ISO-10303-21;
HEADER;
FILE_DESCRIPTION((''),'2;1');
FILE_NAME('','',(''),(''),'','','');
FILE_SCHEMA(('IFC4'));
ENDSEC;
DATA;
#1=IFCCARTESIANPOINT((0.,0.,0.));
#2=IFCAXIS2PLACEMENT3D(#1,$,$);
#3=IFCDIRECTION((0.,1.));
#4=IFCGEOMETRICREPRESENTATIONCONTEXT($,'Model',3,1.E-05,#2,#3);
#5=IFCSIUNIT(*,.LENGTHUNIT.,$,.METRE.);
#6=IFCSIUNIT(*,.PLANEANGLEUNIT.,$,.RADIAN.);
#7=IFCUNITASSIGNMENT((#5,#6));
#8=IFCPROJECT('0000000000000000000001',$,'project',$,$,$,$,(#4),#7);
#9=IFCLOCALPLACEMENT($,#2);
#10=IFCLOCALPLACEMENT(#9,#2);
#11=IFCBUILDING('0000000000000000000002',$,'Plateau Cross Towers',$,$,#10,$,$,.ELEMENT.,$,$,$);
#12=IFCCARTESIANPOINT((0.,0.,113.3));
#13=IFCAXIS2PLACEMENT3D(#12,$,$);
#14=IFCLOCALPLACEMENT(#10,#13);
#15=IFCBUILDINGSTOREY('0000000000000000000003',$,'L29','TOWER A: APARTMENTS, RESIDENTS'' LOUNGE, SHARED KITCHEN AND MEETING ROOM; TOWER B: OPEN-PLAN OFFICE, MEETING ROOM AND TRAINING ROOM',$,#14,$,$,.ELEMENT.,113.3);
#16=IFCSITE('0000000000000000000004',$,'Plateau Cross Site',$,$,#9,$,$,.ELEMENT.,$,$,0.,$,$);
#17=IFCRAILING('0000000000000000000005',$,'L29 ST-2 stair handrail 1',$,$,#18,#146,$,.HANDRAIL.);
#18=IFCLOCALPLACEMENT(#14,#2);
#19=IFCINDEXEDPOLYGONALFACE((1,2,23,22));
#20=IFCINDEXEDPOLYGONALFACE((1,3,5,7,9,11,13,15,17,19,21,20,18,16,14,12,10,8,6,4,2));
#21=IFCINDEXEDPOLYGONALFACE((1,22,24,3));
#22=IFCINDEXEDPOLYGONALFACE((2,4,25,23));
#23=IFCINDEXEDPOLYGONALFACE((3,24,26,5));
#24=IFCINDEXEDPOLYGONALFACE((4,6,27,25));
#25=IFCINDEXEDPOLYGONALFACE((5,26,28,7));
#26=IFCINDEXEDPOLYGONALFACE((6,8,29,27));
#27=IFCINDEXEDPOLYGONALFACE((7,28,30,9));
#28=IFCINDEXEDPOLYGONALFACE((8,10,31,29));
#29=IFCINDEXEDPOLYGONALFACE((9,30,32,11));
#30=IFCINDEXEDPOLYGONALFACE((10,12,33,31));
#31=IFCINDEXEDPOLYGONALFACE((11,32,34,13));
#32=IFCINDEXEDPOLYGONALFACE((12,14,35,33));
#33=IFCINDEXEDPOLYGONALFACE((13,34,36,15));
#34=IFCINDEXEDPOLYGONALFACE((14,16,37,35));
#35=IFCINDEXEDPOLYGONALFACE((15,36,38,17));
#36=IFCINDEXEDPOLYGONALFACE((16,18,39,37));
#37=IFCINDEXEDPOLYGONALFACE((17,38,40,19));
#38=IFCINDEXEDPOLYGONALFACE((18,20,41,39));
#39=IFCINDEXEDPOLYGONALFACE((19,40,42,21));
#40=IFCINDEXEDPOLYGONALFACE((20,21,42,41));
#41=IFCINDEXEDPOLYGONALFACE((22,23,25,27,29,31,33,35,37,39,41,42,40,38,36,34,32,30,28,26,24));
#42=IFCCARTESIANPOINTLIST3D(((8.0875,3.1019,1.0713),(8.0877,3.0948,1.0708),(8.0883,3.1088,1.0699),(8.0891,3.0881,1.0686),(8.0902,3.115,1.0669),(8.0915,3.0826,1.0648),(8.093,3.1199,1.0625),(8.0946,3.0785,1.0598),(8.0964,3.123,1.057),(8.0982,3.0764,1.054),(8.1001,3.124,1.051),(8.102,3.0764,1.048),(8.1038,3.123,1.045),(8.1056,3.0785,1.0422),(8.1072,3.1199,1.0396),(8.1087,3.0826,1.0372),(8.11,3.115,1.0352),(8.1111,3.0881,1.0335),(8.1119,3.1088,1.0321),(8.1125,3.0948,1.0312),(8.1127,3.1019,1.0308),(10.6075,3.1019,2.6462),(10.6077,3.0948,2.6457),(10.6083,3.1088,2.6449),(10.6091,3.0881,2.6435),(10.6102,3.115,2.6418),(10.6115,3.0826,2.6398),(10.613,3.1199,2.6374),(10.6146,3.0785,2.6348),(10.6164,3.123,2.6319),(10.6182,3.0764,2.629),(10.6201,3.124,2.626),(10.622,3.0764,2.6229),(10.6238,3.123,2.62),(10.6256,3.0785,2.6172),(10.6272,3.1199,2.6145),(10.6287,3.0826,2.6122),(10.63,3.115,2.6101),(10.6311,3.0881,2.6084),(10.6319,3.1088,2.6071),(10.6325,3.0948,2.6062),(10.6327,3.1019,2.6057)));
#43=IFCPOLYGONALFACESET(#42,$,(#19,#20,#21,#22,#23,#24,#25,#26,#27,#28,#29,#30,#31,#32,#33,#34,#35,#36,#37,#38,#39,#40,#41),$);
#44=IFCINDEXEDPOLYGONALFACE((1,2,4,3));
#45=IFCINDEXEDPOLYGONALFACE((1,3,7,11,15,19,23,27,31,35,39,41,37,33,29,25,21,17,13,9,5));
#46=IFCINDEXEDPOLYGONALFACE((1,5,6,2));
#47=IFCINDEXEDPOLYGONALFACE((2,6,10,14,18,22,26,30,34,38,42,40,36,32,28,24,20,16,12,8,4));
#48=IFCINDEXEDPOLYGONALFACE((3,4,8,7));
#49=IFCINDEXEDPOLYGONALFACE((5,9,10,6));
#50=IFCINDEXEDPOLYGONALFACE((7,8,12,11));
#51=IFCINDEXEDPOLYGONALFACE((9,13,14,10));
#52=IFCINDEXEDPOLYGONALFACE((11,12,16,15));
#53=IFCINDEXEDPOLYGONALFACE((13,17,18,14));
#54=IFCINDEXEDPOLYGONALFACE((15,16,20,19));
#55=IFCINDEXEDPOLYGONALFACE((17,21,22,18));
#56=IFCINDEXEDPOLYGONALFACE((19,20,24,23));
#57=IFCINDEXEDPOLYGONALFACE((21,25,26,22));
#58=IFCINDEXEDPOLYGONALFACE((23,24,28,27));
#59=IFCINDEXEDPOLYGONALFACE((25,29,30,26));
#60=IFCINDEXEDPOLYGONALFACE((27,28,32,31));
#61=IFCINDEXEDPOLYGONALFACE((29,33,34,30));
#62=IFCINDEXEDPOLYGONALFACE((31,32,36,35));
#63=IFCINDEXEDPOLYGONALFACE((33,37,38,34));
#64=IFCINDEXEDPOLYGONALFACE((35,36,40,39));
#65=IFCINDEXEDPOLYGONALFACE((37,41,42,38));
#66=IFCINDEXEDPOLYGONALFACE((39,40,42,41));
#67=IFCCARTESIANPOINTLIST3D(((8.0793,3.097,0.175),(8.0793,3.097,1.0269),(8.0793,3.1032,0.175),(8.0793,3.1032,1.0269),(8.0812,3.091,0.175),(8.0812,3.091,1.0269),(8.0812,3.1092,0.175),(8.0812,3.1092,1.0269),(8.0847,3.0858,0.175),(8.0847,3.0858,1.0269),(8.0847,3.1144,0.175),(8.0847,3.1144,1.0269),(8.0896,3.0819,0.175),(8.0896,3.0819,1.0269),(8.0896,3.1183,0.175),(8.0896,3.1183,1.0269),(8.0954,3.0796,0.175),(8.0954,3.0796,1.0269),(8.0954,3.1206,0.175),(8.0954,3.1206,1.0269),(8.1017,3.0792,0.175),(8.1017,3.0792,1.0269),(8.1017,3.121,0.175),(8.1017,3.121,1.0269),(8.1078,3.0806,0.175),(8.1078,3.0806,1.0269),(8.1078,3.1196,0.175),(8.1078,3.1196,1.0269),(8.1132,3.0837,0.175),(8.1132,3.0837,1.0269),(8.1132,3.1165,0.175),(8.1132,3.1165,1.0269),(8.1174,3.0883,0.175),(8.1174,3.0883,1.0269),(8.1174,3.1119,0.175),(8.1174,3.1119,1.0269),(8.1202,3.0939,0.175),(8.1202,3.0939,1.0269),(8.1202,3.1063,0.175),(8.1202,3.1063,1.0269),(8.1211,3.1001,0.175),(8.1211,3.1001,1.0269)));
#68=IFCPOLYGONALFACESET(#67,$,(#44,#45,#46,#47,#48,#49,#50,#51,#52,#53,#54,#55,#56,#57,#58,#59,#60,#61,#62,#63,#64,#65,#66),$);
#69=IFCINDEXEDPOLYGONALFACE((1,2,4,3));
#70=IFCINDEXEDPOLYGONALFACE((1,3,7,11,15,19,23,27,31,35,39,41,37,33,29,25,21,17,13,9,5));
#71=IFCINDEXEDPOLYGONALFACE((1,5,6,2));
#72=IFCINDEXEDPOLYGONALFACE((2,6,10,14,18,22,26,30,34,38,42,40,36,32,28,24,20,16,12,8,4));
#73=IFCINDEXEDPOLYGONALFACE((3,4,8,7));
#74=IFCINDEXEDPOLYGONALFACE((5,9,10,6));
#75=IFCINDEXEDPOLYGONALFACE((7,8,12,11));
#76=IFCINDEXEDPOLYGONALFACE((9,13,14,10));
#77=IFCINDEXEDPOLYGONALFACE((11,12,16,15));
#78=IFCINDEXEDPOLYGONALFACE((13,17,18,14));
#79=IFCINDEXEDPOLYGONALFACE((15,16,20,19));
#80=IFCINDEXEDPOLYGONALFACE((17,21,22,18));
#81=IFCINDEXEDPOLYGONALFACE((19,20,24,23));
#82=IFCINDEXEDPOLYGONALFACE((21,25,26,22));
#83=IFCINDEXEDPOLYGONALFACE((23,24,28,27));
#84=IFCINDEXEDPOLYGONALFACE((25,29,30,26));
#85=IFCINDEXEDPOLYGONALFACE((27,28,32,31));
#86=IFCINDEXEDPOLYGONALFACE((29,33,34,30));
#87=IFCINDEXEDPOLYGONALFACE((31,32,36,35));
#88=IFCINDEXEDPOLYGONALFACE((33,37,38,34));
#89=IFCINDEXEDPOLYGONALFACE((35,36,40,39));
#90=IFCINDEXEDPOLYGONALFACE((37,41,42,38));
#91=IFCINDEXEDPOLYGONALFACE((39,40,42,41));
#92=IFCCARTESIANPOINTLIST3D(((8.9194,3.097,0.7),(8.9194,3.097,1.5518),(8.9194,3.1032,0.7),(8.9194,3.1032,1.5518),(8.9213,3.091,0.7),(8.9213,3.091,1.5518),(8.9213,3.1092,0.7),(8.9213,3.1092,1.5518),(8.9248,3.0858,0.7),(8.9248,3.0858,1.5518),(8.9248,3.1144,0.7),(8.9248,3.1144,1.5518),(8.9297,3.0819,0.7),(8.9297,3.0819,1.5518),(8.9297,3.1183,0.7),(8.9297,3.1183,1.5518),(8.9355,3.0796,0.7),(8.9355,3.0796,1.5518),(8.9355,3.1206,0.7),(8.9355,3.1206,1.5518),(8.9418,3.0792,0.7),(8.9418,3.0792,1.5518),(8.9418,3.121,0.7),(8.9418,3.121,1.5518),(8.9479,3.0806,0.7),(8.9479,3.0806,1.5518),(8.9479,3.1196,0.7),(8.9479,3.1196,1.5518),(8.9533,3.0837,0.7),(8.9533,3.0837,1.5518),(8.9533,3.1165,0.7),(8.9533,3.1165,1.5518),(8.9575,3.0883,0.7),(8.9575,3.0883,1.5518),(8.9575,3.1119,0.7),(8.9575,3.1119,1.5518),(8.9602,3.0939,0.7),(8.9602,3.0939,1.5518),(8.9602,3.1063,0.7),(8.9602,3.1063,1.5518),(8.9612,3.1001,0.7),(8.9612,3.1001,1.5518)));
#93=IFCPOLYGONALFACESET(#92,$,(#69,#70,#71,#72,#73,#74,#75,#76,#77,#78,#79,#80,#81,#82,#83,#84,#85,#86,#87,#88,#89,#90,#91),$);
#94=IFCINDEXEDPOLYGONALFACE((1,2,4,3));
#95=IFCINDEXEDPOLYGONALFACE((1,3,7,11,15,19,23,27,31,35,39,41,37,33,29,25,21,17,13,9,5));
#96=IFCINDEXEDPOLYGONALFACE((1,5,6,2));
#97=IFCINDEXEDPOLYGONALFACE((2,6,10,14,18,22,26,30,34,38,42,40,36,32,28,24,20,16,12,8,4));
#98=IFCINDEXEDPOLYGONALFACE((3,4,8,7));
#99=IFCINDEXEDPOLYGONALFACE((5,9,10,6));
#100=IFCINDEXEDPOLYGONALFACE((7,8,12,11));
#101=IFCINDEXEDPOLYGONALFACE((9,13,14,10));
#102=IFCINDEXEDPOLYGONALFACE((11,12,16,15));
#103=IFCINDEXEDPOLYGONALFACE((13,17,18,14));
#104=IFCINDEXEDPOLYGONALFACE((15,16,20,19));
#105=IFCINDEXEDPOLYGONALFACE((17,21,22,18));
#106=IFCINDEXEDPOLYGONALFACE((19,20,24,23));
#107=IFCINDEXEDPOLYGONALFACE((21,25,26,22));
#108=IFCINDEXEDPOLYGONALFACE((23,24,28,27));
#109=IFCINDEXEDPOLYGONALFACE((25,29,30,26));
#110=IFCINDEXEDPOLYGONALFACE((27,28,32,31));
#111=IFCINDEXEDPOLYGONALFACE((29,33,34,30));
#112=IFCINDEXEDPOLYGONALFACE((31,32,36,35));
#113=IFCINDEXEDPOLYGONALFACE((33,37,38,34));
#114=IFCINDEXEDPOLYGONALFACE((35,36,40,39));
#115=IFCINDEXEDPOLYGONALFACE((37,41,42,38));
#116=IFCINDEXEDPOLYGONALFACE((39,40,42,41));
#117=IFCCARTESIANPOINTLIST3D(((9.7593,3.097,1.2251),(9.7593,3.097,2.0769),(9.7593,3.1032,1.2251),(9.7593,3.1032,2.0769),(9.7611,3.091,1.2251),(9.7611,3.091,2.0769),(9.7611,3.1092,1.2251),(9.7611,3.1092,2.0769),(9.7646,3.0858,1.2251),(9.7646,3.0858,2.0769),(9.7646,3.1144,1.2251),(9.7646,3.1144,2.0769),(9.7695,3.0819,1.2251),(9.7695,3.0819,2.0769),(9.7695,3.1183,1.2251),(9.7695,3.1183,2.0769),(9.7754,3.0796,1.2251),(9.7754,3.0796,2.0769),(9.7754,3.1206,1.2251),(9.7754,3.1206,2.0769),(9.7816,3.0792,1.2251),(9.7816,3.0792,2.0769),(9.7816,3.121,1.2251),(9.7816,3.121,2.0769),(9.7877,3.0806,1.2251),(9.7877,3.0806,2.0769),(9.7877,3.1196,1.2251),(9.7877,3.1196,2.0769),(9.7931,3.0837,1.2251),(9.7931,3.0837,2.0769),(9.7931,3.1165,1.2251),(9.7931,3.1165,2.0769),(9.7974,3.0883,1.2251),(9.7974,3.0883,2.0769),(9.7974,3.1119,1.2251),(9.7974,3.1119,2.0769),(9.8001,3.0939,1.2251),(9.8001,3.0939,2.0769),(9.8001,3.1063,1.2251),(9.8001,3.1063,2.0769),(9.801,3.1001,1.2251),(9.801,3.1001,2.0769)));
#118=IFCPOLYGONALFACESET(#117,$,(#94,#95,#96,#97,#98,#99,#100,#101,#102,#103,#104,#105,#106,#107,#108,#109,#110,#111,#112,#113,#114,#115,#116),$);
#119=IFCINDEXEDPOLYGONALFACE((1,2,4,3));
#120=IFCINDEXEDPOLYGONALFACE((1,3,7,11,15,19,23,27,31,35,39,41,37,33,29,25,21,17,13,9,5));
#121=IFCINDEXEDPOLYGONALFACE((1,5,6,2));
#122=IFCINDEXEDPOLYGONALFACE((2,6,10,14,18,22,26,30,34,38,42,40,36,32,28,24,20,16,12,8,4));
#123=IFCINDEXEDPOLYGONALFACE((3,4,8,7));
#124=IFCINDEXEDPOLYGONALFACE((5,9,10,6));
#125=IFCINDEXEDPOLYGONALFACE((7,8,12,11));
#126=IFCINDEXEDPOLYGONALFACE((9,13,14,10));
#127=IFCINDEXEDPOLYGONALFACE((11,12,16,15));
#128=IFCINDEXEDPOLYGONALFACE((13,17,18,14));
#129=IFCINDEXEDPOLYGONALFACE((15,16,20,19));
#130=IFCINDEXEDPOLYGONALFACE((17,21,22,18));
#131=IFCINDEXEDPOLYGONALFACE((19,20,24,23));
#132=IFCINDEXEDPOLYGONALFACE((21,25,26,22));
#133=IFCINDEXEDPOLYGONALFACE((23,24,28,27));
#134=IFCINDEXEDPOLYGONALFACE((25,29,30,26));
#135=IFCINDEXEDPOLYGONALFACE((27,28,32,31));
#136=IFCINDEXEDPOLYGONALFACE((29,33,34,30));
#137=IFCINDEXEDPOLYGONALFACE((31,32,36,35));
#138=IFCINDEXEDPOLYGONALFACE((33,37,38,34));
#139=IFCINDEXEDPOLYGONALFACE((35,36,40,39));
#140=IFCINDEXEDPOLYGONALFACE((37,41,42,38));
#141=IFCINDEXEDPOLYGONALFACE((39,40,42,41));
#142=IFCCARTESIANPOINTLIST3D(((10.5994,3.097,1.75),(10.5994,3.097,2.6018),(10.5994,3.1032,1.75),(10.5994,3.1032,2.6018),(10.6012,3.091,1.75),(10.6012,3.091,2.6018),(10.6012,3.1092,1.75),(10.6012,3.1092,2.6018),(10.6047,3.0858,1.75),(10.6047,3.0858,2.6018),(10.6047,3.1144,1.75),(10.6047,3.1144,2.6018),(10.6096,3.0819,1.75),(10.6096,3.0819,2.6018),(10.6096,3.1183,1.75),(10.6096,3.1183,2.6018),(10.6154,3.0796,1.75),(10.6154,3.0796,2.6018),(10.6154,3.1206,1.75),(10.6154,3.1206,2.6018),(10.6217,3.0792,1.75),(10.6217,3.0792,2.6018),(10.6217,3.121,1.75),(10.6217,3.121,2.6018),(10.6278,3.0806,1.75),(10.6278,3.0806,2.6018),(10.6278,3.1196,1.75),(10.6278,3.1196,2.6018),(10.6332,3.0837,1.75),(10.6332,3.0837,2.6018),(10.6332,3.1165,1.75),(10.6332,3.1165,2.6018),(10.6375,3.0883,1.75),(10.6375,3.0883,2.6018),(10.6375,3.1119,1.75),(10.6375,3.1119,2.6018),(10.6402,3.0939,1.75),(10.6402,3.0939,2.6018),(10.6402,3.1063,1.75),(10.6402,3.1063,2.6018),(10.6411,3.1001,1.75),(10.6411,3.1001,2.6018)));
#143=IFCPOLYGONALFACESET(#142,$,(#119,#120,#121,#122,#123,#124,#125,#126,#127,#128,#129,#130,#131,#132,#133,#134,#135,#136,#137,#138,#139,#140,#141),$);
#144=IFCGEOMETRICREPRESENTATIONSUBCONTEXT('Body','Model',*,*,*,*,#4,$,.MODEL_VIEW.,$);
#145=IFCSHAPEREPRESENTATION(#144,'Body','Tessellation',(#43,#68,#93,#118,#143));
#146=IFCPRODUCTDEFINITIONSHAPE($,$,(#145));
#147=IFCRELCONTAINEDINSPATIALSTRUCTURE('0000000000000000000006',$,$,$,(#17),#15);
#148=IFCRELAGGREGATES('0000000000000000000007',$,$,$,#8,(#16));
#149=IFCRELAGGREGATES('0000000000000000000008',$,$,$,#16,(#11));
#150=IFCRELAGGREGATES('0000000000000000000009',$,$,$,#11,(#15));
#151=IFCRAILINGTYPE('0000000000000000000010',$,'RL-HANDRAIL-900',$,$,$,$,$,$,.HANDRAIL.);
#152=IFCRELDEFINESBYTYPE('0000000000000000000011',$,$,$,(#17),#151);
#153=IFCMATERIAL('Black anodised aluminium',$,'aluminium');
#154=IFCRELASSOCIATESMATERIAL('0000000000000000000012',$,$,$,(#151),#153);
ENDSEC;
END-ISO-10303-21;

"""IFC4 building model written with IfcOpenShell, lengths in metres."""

from ifc_helpers import new_model, si_unit, direction, frame, origin, origin_2d, place, context, subcontext, project, spatial, circle, extrude, material, type_object, element, save


model = new_model("IFC4")

# Units and contexts
model_context = context("Model", 3, precision=1e-05, world=origin(), true_north=direction((0.0, 1.0)))
body_context = subcontext(model_context, "Body", "Model", "MODEL_VIEW")
ifc_project = project(units=[si_unit("LENGTHUNIT", "METRE"), si_unit("PLANEANGLEUNIT", "RADIAN")], contexts=[model_context])

# Site, building, storey
site_placement = place(None, origin())
site = spatial("IfcSite", under=ifc_project, at=site_placement, Name="Plateau Cross Site", CompositionType="ELEMENT", RefElevation=0.0)
building_placement = place(site_placement, origin())
building = spatial("IfcBuilding", under=site, at=building_placement, Name="Plateau Cross Towers", CompositionType="ELEMENT")
storey_placement = place(building_placement, frame((0.0, 0.0, 113.3)))
storey = spatial("IfcBuildingStorey", under=building, at=storey_placement, Name="L29", Description="TOWER A: APARTMENTS, RESIDENTS' LOUNGE, SHARED KITCHEN AND MEETING ROOM; TOWER B: OPEN-PLAN OFFICE, MEETING ROOM AND TRAINING ROOM", CompositionType="ELEMENT", Elevation=113.3)

# Shared definitions
ifc_material_1 = material(Name="Black anodised aluminium", Category="aluminium")

# Railing
railing_type_1 = type_object("IfcRailingType", Name="RL-HANDRAIL-900", PredefinedType="HANDRAIL", material=ifc_material_1)
railing_placement = place(storey_placement, frame((8.1001, 3.1001, 0.175)))
element("IfcRailing", 1, at=railing_placement, inside=storey, type_object=railing_type_1, Name="L29 ST-2 stair handrail 1", PredefinedType="HANDRAIL", context=body_context, shape_type="SweptSolid", body=[
    extrude(circle(Radius=0.0239, at=origin_2d()), frame((0.0, 0.0, 0.876), z_axis=(0.848008, 0.0, 0.529984), x_axis=(0.0, 1.0, 0.0)), (0.0, 0.0, 1.0), 2.9717),
    extrude(circle(Radius=0.021, at=origin_2d()), origin(), (0.0, 0.0, 1.0), 0.8518),
    extrude(circle(Radius=0.021, at=origin_2d()), frame((0.8401, 0.0, 0.5249)), (0.0, 0.0, 1.0), 0.8518),
    extrude(circle(Radius=0.021, at=origin_2d()), frame((1.6799, 0.0, 1.05)), (0.0, 0.0, 1.0), 0.8518),
    extrude(circle(Radius=0.021, at=origin_2d()), frame((2.52, 0.0, 1.575)), (0.0, 0.0, 1.0), 0.8518),
])

save(model, "model.ifc")
